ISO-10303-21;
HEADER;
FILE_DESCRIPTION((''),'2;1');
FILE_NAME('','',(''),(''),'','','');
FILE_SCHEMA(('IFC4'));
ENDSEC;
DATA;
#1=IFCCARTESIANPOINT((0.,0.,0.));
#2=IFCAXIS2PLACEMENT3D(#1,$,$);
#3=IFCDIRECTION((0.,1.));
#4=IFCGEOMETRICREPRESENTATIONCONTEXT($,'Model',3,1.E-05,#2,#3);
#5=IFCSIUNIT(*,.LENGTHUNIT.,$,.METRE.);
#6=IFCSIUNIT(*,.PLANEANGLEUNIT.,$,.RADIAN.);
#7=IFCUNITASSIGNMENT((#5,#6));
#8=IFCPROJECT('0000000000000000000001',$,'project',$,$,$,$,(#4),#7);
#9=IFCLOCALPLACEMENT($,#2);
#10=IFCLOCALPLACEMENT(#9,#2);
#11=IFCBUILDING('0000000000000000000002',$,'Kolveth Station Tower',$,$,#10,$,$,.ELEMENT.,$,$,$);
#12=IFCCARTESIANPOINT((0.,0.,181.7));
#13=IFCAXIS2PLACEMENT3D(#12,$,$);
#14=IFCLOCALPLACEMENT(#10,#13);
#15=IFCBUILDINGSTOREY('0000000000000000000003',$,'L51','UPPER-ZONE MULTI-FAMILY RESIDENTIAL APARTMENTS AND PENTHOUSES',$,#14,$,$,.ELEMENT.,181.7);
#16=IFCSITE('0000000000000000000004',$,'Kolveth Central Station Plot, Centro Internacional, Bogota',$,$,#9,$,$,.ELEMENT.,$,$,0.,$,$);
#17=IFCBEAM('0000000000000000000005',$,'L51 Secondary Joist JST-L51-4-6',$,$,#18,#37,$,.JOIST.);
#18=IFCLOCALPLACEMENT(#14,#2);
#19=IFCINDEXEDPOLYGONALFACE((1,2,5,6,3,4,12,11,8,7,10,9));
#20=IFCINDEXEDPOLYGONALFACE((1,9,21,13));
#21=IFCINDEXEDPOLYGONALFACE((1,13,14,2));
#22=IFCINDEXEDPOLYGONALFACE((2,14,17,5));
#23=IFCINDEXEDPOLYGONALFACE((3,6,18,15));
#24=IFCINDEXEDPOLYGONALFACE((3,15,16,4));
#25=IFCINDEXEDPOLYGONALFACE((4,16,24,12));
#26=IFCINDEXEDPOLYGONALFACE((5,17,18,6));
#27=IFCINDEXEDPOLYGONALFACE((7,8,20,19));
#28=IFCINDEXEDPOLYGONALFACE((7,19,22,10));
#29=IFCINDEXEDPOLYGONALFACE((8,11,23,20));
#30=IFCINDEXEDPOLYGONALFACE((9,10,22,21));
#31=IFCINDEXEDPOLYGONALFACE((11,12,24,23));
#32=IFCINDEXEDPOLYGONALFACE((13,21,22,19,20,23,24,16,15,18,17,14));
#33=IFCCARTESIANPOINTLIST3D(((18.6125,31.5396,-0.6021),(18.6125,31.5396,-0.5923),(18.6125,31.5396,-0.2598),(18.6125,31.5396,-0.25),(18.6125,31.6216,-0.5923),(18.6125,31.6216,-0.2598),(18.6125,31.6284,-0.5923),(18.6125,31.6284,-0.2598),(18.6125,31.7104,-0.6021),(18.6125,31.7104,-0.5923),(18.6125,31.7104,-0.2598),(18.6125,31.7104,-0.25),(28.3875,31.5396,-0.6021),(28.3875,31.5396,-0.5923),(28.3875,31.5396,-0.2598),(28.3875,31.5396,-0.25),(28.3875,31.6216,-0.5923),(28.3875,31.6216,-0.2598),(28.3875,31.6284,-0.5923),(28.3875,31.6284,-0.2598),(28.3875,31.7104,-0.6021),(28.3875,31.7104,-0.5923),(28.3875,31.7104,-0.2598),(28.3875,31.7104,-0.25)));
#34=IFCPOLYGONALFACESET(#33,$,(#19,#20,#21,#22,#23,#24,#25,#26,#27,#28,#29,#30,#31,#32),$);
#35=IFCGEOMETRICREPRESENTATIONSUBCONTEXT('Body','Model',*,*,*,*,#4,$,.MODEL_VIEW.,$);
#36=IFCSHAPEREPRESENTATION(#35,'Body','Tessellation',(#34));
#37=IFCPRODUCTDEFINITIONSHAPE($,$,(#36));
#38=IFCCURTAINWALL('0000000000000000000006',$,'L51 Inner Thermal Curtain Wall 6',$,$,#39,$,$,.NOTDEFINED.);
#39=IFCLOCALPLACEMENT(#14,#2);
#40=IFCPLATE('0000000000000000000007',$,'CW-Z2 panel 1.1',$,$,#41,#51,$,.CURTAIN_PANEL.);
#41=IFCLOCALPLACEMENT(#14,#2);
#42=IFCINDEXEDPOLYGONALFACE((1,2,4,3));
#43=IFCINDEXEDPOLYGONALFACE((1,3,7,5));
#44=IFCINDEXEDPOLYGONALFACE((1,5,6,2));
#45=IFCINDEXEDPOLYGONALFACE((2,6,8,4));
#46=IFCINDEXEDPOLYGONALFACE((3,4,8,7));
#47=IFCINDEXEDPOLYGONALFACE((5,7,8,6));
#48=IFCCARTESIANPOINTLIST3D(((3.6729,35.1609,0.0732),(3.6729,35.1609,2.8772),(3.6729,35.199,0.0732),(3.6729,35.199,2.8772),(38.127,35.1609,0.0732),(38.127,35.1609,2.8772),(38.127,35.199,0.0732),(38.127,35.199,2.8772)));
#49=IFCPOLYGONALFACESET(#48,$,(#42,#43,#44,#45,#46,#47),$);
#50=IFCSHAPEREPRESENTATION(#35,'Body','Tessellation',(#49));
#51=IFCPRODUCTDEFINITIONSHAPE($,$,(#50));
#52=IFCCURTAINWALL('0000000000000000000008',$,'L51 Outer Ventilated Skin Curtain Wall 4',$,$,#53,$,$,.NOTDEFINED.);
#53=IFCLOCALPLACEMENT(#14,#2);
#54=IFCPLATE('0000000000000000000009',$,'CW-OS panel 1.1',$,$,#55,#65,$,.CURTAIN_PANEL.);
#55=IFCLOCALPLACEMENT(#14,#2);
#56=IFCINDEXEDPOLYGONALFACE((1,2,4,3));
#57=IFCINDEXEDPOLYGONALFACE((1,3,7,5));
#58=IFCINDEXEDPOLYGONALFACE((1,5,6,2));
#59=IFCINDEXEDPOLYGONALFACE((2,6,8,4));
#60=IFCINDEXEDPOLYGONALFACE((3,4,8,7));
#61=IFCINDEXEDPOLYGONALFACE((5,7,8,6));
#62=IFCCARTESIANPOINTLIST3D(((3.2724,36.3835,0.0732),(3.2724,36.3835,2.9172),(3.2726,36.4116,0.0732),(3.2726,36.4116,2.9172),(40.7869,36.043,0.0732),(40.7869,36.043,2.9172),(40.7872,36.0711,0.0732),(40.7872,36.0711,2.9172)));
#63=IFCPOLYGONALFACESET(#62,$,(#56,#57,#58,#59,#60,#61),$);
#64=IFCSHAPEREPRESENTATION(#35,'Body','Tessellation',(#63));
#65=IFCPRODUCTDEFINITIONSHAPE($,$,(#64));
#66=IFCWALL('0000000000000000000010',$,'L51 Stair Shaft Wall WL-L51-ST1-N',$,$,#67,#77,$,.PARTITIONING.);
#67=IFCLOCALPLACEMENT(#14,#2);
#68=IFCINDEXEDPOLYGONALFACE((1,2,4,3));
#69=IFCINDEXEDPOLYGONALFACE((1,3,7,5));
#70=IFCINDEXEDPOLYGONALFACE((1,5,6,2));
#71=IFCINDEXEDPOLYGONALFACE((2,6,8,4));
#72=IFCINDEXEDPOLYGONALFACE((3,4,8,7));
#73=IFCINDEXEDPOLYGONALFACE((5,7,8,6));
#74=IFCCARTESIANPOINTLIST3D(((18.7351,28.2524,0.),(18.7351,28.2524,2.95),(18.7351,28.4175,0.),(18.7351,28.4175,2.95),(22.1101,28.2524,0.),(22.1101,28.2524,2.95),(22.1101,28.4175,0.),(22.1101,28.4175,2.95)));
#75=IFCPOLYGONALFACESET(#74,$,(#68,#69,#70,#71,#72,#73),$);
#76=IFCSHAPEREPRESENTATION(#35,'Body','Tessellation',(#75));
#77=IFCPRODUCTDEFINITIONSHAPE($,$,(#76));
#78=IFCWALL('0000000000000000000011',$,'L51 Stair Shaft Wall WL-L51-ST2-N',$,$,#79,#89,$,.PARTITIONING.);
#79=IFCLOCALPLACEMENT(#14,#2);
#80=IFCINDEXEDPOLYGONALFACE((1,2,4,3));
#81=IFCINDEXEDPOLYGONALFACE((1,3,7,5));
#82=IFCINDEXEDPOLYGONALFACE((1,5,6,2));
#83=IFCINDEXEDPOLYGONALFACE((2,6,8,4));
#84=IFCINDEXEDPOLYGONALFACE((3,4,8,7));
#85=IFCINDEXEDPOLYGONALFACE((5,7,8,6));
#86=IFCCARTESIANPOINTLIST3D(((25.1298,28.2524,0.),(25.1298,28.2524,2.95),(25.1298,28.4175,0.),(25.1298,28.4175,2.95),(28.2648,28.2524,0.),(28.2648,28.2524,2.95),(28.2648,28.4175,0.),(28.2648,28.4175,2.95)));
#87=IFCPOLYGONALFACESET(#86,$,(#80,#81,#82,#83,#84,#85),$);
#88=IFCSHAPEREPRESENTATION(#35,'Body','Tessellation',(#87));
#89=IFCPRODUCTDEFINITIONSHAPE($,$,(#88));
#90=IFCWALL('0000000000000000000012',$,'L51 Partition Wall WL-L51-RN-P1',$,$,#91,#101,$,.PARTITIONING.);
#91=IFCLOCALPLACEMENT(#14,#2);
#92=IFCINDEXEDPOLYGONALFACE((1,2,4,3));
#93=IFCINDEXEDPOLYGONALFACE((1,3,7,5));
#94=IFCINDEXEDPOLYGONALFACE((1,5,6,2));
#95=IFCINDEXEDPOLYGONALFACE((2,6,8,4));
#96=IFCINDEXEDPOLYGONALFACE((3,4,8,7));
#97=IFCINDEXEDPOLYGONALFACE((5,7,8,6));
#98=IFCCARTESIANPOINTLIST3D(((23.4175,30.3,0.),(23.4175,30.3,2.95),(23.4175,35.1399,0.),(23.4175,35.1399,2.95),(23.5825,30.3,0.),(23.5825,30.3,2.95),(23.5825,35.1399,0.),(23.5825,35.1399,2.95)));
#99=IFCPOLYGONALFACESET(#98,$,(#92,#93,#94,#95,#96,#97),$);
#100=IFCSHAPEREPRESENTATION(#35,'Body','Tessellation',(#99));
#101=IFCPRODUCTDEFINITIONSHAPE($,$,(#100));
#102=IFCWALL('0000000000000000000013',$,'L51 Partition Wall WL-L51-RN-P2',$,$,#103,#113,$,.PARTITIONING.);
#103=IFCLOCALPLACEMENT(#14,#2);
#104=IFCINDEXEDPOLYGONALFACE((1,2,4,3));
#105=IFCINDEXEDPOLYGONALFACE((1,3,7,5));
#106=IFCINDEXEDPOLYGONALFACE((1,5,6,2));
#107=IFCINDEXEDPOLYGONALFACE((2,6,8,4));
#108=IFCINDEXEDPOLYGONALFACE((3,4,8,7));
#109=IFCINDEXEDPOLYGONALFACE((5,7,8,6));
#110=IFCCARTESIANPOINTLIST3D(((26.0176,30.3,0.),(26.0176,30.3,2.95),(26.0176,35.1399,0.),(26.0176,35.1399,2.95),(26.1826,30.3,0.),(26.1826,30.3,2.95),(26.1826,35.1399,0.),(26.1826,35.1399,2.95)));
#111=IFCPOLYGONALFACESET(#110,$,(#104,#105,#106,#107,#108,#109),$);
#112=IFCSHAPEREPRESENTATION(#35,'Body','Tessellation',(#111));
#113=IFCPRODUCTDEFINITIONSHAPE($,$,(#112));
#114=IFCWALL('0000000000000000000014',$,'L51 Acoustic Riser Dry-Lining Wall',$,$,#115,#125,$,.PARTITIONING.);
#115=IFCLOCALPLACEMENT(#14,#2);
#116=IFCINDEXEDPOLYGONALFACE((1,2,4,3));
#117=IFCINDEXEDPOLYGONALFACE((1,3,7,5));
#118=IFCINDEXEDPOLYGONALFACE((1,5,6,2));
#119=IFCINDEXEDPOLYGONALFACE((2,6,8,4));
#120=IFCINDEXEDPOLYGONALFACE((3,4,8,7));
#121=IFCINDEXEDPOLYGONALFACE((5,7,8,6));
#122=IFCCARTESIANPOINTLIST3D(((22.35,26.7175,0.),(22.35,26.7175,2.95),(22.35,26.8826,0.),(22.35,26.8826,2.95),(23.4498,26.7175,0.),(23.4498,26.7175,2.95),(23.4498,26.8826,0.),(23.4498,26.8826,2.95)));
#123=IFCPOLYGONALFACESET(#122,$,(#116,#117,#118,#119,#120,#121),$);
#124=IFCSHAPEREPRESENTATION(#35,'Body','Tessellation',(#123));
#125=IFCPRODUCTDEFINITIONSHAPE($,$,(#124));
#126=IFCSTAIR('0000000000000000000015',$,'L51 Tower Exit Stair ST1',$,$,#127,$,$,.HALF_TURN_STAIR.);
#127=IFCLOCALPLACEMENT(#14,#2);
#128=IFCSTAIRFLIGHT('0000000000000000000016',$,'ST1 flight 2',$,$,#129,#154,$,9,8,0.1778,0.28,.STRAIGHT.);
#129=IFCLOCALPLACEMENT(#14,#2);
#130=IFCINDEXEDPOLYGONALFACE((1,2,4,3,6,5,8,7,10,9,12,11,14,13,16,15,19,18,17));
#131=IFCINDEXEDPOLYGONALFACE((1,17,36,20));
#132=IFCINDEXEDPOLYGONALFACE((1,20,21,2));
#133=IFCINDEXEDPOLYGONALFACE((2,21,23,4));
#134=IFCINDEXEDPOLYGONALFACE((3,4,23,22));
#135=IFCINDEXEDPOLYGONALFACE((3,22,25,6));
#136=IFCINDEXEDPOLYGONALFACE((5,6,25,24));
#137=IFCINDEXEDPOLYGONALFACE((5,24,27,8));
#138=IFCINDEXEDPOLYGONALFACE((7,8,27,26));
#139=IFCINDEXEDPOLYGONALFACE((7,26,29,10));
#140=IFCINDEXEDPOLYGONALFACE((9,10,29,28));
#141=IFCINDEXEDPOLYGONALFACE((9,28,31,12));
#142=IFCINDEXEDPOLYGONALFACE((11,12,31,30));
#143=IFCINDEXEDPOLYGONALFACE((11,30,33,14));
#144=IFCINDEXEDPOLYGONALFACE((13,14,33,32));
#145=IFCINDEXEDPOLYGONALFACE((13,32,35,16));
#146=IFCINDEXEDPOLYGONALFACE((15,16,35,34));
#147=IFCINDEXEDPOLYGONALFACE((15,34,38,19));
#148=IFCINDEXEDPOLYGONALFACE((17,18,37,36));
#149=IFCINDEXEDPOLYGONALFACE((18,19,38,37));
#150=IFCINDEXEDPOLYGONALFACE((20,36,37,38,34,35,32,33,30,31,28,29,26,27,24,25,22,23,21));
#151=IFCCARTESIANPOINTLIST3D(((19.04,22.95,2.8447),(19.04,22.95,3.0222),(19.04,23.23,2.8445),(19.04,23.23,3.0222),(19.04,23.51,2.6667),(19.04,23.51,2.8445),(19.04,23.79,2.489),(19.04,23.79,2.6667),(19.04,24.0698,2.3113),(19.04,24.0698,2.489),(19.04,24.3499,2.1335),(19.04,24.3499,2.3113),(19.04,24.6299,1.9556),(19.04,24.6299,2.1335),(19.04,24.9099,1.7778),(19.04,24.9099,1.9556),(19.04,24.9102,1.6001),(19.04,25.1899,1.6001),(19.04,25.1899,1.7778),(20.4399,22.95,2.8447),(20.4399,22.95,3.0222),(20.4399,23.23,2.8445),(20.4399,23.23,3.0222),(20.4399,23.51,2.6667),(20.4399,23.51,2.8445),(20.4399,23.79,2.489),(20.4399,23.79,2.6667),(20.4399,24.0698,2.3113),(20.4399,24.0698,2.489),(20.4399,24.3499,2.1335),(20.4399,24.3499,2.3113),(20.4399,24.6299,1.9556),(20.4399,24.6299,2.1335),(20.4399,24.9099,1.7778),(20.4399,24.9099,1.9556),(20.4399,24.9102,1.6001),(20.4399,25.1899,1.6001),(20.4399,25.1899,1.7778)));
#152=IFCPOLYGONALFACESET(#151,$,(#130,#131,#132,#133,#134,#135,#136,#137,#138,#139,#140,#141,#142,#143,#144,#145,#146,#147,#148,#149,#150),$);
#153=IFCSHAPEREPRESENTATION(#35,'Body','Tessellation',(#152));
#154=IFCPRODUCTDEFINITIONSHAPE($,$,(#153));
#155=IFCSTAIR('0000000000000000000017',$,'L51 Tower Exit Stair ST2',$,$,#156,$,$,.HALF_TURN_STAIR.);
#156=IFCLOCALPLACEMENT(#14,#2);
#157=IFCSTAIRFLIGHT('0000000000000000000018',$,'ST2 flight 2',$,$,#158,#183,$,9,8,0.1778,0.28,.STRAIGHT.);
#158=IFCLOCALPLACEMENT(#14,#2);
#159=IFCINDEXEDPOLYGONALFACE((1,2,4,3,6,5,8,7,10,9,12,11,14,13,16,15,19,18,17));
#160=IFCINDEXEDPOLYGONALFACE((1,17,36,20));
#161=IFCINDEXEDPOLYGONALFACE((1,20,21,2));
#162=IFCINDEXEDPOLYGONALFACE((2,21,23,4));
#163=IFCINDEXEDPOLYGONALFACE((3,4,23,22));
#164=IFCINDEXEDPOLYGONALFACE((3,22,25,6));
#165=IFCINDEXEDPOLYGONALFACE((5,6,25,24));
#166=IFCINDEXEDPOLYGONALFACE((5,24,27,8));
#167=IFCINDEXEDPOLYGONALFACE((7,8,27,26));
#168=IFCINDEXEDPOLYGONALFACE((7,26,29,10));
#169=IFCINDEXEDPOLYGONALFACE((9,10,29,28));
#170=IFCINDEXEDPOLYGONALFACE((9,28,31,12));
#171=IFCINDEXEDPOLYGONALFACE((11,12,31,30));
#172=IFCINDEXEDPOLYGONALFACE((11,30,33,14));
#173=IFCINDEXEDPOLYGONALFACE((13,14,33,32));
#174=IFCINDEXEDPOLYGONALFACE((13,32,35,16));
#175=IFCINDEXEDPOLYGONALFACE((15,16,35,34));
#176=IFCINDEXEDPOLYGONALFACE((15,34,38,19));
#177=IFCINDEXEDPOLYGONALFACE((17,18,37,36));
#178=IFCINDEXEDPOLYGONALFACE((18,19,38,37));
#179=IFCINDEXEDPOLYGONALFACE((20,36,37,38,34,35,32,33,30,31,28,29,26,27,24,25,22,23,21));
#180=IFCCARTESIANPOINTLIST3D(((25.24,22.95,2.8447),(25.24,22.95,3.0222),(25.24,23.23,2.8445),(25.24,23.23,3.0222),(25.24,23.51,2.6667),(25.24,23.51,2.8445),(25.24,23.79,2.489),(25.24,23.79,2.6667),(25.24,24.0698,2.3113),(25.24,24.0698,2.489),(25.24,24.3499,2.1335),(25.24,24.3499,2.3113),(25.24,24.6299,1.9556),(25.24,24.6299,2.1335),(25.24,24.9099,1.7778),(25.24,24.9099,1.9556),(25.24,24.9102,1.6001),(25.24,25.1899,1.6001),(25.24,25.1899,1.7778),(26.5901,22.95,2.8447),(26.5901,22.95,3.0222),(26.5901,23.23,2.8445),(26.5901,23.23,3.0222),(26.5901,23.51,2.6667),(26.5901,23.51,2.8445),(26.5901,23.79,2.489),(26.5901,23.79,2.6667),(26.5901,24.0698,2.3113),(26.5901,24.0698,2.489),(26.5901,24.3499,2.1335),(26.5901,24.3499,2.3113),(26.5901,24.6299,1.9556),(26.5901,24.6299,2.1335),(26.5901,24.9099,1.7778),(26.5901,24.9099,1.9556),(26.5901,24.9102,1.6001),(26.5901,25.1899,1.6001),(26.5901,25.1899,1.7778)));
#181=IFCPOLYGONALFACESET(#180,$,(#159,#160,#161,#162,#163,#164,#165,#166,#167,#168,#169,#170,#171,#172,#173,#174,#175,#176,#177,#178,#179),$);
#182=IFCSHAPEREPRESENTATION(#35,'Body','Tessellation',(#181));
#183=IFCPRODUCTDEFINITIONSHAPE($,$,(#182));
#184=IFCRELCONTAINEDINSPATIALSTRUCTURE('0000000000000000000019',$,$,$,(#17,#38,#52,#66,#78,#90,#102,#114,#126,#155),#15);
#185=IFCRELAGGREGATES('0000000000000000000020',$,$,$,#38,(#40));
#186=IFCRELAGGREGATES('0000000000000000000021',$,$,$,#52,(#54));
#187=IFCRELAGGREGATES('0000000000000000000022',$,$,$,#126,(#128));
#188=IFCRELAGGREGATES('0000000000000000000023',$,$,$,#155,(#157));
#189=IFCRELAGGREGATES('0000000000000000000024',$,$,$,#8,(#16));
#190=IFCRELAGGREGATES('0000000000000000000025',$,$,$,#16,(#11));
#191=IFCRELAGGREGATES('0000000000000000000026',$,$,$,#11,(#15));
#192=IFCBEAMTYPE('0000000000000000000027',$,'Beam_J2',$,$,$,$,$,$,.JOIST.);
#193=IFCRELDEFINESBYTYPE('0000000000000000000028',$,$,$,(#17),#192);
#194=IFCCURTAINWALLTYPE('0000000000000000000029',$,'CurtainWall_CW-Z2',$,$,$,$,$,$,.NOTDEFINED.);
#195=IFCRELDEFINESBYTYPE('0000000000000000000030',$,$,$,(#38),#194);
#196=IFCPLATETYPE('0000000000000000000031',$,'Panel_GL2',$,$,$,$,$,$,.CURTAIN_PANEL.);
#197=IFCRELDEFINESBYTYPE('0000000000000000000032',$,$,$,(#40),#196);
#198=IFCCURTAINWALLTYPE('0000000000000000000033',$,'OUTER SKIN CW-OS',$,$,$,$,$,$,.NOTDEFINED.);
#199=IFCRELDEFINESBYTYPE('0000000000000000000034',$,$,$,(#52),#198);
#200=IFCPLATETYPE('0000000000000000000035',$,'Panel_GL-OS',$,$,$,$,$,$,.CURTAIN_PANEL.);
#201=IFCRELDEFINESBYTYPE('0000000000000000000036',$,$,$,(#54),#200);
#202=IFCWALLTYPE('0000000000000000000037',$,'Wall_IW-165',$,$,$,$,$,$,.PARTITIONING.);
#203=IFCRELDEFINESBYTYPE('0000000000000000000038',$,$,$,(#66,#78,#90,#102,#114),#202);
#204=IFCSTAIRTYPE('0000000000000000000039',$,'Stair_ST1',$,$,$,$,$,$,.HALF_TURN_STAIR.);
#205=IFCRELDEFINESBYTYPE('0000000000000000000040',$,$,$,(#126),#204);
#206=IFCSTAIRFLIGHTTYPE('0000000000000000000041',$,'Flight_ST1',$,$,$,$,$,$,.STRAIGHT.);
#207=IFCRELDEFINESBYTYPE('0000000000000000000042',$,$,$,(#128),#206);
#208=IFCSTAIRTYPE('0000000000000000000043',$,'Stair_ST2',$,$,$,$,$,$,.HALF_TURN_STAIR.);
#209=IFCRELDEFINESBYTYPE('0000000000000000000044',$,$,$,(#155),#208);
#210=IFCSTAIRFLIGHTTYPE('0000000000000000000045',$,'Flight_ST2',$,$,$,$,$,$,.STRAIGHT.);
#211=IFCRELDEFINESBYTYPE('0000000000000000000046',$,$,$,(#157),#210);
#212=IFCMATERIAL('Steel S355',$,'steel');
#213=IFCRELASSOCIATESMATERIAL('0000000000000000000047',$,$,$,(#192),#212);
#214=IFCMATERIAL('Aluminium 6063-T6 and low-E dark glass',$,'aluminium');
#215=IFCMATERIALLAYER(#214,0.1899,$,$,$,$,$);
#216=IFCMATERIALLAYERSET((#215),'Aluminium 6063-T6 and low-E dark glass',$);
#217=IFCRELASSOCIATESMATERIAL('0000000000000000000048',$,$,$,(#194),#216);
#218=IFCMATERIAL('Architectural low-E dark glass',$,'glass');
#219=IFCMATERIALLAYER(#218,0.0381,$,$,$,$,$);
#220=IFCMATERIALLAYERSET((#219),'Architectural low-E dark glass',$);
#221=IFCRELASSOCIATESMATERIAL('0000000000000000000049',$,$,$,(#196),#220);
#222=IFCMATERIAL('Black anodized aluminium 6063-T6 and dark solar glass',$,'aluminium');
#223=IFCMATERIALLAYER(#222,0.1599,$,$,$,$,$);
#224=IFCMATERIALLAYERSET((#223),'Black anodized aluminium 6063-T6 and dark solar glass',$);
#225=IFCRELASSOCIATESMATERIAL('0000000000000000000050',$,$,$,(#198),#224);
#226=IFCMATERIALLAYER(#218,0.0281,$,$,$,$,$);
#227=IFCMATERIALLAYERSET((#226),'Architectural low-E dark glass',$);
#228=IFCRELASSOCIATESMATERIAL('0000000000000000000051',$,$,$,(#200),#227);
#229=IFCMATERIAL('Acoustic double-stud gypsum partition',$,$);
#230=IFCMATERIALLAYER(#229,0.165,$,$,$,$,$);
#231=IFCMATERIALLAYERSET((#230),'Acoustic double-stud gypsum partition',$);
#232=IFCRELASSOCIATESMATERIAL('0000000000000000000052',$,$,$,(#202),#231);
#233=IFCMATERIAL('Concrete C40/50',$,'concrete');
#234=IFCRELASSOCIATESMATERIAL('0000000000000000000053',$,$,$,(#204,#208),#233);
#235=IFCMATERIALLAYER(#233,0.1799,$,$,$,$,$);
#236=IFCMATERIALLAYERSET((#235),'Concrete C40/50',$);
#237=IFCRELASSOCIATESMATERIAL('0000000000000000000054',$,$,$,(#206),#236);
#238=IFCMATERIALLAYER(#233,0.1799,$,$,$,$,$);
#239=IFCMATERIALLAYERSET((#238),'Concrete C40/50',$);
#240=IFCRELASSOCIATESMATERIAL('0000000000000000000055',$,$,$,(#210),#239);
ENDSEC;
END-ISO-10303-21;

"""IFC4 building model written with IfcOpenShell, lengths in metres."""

from ifc_helpers import new_model, si_unit, direction, frame, frame_2d, origin, origin_2d, place, context, subcontext, project, spatial, polyline, rectangle, i_section, outline, extrude, source, transform, mapped, material, layer, layer_set, material_profile, profile_set, type_object, element, aggregate, save


model = new_model("IFC4")

# Units and contexts
model_context = context("Model", 3, precision=1e-05, world=origin(), true_north=direction((0.0, 1.0)))
body_context = subcontext(model_context, "Body", "Model", "MODEL_VIEW")
ifc_project = project(units=[si_unit("LENGTHUNIT", "METRE"), si_unit("PLANEANGLEUNIT", "RADIAN")], contexts=[model_context])

# Site, building, storey
site_placement = place(None, origin())
site = spatial("IfcSite", under=ifc_project, at=site_placement, Name="Kolveth Central Station Plot, Centro Internacional, Bogota", CompositionType="ELEMENT", RefElevation=0.0)
building_placement = place(site_placement, origin())
building = spatial("IfcBuilding", under=site, at=building_placement, Name="Kolveth Station Tower", CompositionType="ELEMENT")
storey_placement = place(building_placement, frame((0.0, 0.0, 181.7)))
storey = spatial("IfcBuildingStorey", under=building, at=storey_placement, Name="L51", Description="UPPER-ZONE MULTI-FAMILY RESIDENTIAL APARTMENTS AND PENTHOUSES", CompositionType="ELEMENT", Elevation=181.7)

# Shared definitions
ifc_material_1 = material(Name="Steel S355", Category="steel")

# Beam
ifc_material_profile_1 = material_profile(ifc_material_1, i_section(OverallWidth=0.1709, OverallDepth=0.3521, WebThickness=0.0068, FlangeThickness=0.0098, at=origin_2d()), Name="W360x44")
ifc_profile_set_1 = profile_set([ifc_material_profile_1], Name="Steel S355")
beam_type_1 = type_object("IfcBeamType", Name="Beam_J2", PredefinedType="JOIST", material=ifc_profile_set_1)
shared_shape_1 = source(origin(), body_context, "Body", "SweptSolid", [
    extrude(i_section(OverallWidth=0.1709, OverallDepth=0.3521, WebThickness=0.0068, FlangeThickness=0.0098, at=origin_2d()), origin(), (0.0, 0.0, 1.0), 9.7749),
])
beam_1_placement = place(storey_placement, frame((18.6125, 31.625, -0.426), z_axis=(1.0, 0.0, 0.0), x_axis=(0.0, 1.0, 0.0)))
element("IfcBeam", 1, at=beam_1_placement, inside=storey, type_object=beam_type_1, Name="L51 Secondary Joist JST-L51-4-6", PredefinedType="JOIST", context=body_context, shape_type="MappedRepresentation", body=[
    mapped(shared_shape_1, transform((0.0, 0.0, 0.0), x_axis=(1.0, 0.0, 0.0), y_axis=(0.0, 1.0, 0.0), z_axis=(0.0, 0.0, 1.0), scale=1.0)),
])

# Curtain walls, plates
ifc_material_2 = material(Name="Aluminium 6063-T6 and low-E dark glass", Category="aluminium")
ifc_layer_1 = layer(ifc_material_2, 0.1899)
ifc_layer_set_1 = layer_set([ifc_layer_1], Name="Aluminium 6063-T6 and low-E dark glass")
curtain_wall_type_1 = type_object("IfcCurtainWallType", Name="CurtainWall_CW-Z2", PredefinedType="NOTDEFINED", material=ifc_layer_set_1)
curtain_wall_1_placement = place(storey_placement, origin())
curtain_wall_1 = element("IfcCurtainWall", 2, at=curtain_wall_1_placement, inside=storey, type_object=curtain_wall_type_1, Name="L51 Inner Thermal Curtain Wall 6", PredefinedType="NOTDEFINED")
ifc_material_3 = material(Name="Architectural low-E dark glass", Category="glass")
ifc_layer_2 = layer(ifc_material_3, 0.0381)
ifc_layer_set_2 = layer_set([ifc_layer_2], Name="Architectural low-E dark glass")
plate_type_1 = type_object("IfcPlateType", Name="Panel_GL2", PredefinedType="CURTAIN_PANEL", material=ifc_layer_set_2)
shared_shape_2 = source(origin(), body_context, "Body", "SweptSolid", [
    extrude(rectangle(XDim=34.4541, YDim=0.0381, at=origin_2d()), origin(), (0.0, 0.0, 1.0), 2.804),
])
plate_1_placement = place(storey_placement, frame((20.8999, 35.1799, 0.0732), z_axis=(0.0, 0.0, 1.0), x_axis=(-1.0, 0.0, 0.0)))
plate_1 = element("IfcPlate", 3, at=plate_1_placement, type_object=plate_type_1, Name="CW-Z2 panel 1.1", PredefinedType="CURTAIN_PANEL", context=body_context, shape_type="MappedRepresentation", body=[
    mapped(shared_shape_2, transform((0.0, 0.0, 0.0), x_axis=(1.0, 0.0, 0.0), y_axis=(0.0, 1.0, 0.0), z_axis=(0.0, 0.0, 1.0), scale=1.0)),
])
aggregate(curtain_wall_1, [plate_1])
ifc_material_4 = material(Name="Black anodized aluminium 6063-T6 and dark solar glass", Category="aluminium")
ifc_layer_3 = layer(ifc_material_4, 0.1599)
ifc_layer_set_3 = layer_set([ifc_layer_3], Name="Black anodized aluminium 6063-T6 and dark solar glass")
curtain_wall_type_2 = type_object("IfcCurtainWallType", Name="OUTER SKIN CW-OS", PredefinedType="NOTDEFINED", material=ifc_layer_set_3)
curtain_wall_2_placement = place(storey_placement, origin())
curtain_wall_2 = element("IfcCurtainWall", 4, at=curtain_wall_2_placement, inside=storey, type_object=curtain_wall_type_2, Name="L51 Outer Ventilated Skin Curtain Wall 4", PredefinedType="NOTDEFINED")
ifc_layer_4 = layer(ifc_material_3, 0.0281)
ifc_layer_set_4 = layer_set([ifc_layer_4], Name="Architectural low-E dark glass")
plate_type_2 = type_object("IfcPlateType", Name="Panel_GL-OS", PredefinedType="CURTAIN_PANEL", material=ifc_layer_set_4)
shared_shape_3 = source(origin(), body_context, "Body", "SweptSolid", [
    extrude(rectangle(XDim=37.5161, YDim=0.0281, at=origin_2d()), origin(), (0.0, 0.0, 1.0), 2.844),
])
plate_2_placement = place(storey_placement, frame((22.0298, 36.2273, 0.0732), z_axis=(0.0, 0.0, 1.0), x_axis=(-0.999959, 0.009076, 0.0)))
plate_2 = element("IfcPlate", 5, at=plate_2_placement, type_object=plate_type_2, Name="CW-OS panel 1.1", PredefinedType="CURTAIN_PANEL", context=body_context, shape_type="MappedRepresentation", body=[
    mapped(shared_shape_3, transform((0.0, 0.0, 0.0), x_axis=(1.0, 0.0, 0.0), y_axis=(0.0, 1.0, 0.0), z_axis=(0.0, 0.0, 1.0), scale=1.0)),
])
aggregate(curtain_wall_2, [plate_2])

# Walls
ifc_material_5 = material(Name="Acoustic double-stud gypsum partition")
ifc_layer_5 = layer(ifc_material_5, 0.165)
ifc_layer_set_5 = layer_set([ifc_layer_5], Name="Acoustic double-stud gypsum partition")
wall_type = type_object("IfcWallType", Name="Wall_IW-165", PredefinedType="PARTITIONING", material=ifc_layer_set_5)
wall_1_placement = place(storey_placement, frame((18.7351, 28.335, 0.0), z_axis=(0.0, 0.0, 1.0), x_axis=(1.0, 0.0, 0.0)))
element("IfcWall", 6, at=wall_1_placement, inside=storey, type_object=wall_type, Name="L51 Stair Shaft Wall WL-L51-ST1-N", PredefinedType="PARTITIONING", context=body_context, shape_type="SweptSolid", body=[
    extrude(rectangle(XDim=3.375, YDim=0.165, at=frame_2d((1.6875, 0.0))), origin(), (0.0, 0.0, 1.0), 2.95),
])
wall_2_placement = place(storey_placement, frame((25.1299, 28.335, 0.0), z_axis=(0.0, 0.0, 1.0), x_axis=(1.0, 0.0, 0.0)))
element("IfcWall", 7, at=wall_2_placement, inside=storey, type_object=wall_type, Name="L51 Stair Shaft Wall WL-L51-ST2-N", PredefinedType="PARTITIONING", context=body_context, shape_type="SweptSolid", body=[
    extrude(rectangle(XDim=3.135, YDim=0.165, at=frame_2d((1.5674, 0.0))), origin(), (0.0, 0.0, 1.0), 2.95),
])
for number, where, z_axis, x_axis, name in (
    (8, (23.5, 30.3, 0.0), (0.0, 0.0, 1.0), (0.0, 1.0, 0.0), "L51 Partition Wall WL-L51-RN-P1"),
    (9, (26.1001, 30.3, 0.0), (0.0, 0.0, 1.0), (0.0, 1.0, 0.0), "L51 Partition Wall WL-L51-RN-P2"),
):
    element("IfcWall", number, at=place(storey_placement, frame(where, z_axis=z_axis, x_axis=x_axis)), inside=storey, type_object=wall_type, Name=name, PredefinedType="PARTITIONING", context=body_context, shape_type="SweptSolid", body=[
        extrude(rectangle(XDim=4.8398, YDim=0.165, at=frame_2d((2.4199, 0.0))), origin(), (0.0, 0.0, 1.0), 2.95),
    ])
wall_3_placement = place(storey_placement, frame((22.3501, 26.8, 0.0), z_axis=(0.0, 0.0, 1.0), x_axis=(1.0, 0.0, 0.0)))
element("IfcWall", 10, at=wall_3_placement, inside=storey, type_object=wall_type, Name="L51 Acoustic Riser Dry-Lining Wall", PredefinedType="PARTITIONING", context=body_context, shape_type="SweptSolid", body=[
    extrude(rectangle(XDim=1.0999, YDim=0.165, at=frame_2d((0.5498, 0.0))), origin(), (0.0, 0.0, 1.0), 2.95),
])

# Stairs, stair flights
ifc_material_6 = material(Name="Concrete C40/50", Category="concrete")
stair_type_1 = type_object("IfcStairType", Name="Stair_ST1", PredefinedType="HALF_TURN_STAIR", material=ifc_material_6)
stair_1_placement = place(storey_placement, origin())
stair_1 = element("IfcStair", 11, at=stair_1_placement, inside=storey, type_object=stair_type_1, Name="L51 Tower Exit Stair ST1", PredefinedType="HALF_TURN_STAIR")
ifc_layer_6 = layer(ifc_material_6, 0.1799)
ifc_layer_set_6 = layer_set([ifc_layer_6], Name="Concrete C40/50")
stair_flight_type_1 = type_object("IfcStairFlightType", Name="Flight_ST1", PredefinedType="STRAIGHT", material=ifc_layer_set_6)
stair_flight_1_placement = place(storey_placement, frame((19.74, 25.1899, 1.6001), z_axis=(0.0, 0.0, 1.0), x_axis=(0.0, -1.0, 0.0)))
stair_flight_1 = element("IfcStairFlight", 12, at=stair_flight_1_placement, type_object=stair_flight_type_1, Name="ST1 flight 2", NumberOfRisers=9, NumberOfTreads=8, PredefinedType="STRAIGHT", RiserHeight=0.1778, TreadLength=0.28, context=body_context, shape_type="SweptSolid", body=[
    extrude(outline(polyline([(0.0, 0.0), (0.0, 0.1777), (0.28, 0.1777), (0.28, 0.3555), (0.5601, 0.3555), (0.5601, 0.5334), (0.8401, 0.5334), (0.8401, 0.7112), (1.1201, 0.7112), (1.1201, 0.8889), (1.3999, 0.8889), (1.3999, 1.0667), (1.6799, 1.0667), (1.6799, 1.2444), (1.96, 1.2444), (1.96, 1.4221), (2.24, 1.4221), (2.24, 1.6001), (2.24, 1.2446), (0.2798, 0.0), (0.0, 0.0)])), frame((0.0, 0.7, 0.0), z_axis=(0.0, -1.0, 0.0), x_axis=(1.0, 0.0, 0.0)), (0.0, 0.0, 1.0), 1.3999),
])
aggregate(stair_1, [stair_flight_1])
stair_type_2 = type_object("IfcStairType", Name="Stair_ST2", PredefinedType="HALF_TURN_STAIR", material=ifc_material_6)
stair_2_placement = place(storey_placement, origin())
stair_2 = element("IfcStair", 13, at=stair_2_placement, inside=storey, type_object=stair_type_2, Name="L51 Tower Exit Stair ST2", PredefinedType="HALF_TURN_STAIR")
ifc_layer_7 = layer(ifc_material_6, 0.1799)
ifc_layer_set_7 = layer_set([ifc_layer_7], Name="Concrete C40/50")
stair_flight_type_2 = type_object("IfcStairFlightType", Name="Flight_ST2", PredefinedType="STRAIGHT", material=ifc_layer_set_7)
stair_flight_2_placement = place(storey_placement, frame((25.915, 25.1899, 1.6001), z_axis=(0.0, 0.0, 1.0), x_axis=(0.0, -1.0, 0.0)))
stair_flight_2 = element("IfcStairFlight", 14, at=stair_flight_2_placement, type_object=stair_flight_type_2, Name="ST2 flight 2", NumberOfRisers=9, NumberOfTreads=8, PredefinedType="STRAIGHT", RiserHeight=0.1778, TreadLength=0.28, context=body_context, shape_type="SweptSolid", body=[
    extrude(outline(polyline([(0.0, 0.0), (0.0, 0.1777), (0.28, 0.1777), (0.28, 0.3555), (0.5601, 0.3555), (0.5601, 0.5334), (0.8401, 0.5334), (0.8401, 0.7112), (1.1201, 0.7112), (1.1201, 0.8889), (1.3999, 0.8889), (1.3999, 1.0667), (1.6799, 1.0667), (1.6799, 1.2444), (1.96, 1.2444), (1.96, 1.4221), (2.24, 1.4221), (2.24, 1.6001), (2.24, 1.2446), (0.2798, 0.0), (0.0, 0.0)])), frame((0.0, 0.675, 0.0), z_axis=(0.0, -1.0, 0.0), x_axis=(1.0, 0.0, 0.0)), (0.0, 0.0, 1.0), 1.3501),
])
aggregate(stair_2, [stair_flight_2])

save(model, "model.ifc")
